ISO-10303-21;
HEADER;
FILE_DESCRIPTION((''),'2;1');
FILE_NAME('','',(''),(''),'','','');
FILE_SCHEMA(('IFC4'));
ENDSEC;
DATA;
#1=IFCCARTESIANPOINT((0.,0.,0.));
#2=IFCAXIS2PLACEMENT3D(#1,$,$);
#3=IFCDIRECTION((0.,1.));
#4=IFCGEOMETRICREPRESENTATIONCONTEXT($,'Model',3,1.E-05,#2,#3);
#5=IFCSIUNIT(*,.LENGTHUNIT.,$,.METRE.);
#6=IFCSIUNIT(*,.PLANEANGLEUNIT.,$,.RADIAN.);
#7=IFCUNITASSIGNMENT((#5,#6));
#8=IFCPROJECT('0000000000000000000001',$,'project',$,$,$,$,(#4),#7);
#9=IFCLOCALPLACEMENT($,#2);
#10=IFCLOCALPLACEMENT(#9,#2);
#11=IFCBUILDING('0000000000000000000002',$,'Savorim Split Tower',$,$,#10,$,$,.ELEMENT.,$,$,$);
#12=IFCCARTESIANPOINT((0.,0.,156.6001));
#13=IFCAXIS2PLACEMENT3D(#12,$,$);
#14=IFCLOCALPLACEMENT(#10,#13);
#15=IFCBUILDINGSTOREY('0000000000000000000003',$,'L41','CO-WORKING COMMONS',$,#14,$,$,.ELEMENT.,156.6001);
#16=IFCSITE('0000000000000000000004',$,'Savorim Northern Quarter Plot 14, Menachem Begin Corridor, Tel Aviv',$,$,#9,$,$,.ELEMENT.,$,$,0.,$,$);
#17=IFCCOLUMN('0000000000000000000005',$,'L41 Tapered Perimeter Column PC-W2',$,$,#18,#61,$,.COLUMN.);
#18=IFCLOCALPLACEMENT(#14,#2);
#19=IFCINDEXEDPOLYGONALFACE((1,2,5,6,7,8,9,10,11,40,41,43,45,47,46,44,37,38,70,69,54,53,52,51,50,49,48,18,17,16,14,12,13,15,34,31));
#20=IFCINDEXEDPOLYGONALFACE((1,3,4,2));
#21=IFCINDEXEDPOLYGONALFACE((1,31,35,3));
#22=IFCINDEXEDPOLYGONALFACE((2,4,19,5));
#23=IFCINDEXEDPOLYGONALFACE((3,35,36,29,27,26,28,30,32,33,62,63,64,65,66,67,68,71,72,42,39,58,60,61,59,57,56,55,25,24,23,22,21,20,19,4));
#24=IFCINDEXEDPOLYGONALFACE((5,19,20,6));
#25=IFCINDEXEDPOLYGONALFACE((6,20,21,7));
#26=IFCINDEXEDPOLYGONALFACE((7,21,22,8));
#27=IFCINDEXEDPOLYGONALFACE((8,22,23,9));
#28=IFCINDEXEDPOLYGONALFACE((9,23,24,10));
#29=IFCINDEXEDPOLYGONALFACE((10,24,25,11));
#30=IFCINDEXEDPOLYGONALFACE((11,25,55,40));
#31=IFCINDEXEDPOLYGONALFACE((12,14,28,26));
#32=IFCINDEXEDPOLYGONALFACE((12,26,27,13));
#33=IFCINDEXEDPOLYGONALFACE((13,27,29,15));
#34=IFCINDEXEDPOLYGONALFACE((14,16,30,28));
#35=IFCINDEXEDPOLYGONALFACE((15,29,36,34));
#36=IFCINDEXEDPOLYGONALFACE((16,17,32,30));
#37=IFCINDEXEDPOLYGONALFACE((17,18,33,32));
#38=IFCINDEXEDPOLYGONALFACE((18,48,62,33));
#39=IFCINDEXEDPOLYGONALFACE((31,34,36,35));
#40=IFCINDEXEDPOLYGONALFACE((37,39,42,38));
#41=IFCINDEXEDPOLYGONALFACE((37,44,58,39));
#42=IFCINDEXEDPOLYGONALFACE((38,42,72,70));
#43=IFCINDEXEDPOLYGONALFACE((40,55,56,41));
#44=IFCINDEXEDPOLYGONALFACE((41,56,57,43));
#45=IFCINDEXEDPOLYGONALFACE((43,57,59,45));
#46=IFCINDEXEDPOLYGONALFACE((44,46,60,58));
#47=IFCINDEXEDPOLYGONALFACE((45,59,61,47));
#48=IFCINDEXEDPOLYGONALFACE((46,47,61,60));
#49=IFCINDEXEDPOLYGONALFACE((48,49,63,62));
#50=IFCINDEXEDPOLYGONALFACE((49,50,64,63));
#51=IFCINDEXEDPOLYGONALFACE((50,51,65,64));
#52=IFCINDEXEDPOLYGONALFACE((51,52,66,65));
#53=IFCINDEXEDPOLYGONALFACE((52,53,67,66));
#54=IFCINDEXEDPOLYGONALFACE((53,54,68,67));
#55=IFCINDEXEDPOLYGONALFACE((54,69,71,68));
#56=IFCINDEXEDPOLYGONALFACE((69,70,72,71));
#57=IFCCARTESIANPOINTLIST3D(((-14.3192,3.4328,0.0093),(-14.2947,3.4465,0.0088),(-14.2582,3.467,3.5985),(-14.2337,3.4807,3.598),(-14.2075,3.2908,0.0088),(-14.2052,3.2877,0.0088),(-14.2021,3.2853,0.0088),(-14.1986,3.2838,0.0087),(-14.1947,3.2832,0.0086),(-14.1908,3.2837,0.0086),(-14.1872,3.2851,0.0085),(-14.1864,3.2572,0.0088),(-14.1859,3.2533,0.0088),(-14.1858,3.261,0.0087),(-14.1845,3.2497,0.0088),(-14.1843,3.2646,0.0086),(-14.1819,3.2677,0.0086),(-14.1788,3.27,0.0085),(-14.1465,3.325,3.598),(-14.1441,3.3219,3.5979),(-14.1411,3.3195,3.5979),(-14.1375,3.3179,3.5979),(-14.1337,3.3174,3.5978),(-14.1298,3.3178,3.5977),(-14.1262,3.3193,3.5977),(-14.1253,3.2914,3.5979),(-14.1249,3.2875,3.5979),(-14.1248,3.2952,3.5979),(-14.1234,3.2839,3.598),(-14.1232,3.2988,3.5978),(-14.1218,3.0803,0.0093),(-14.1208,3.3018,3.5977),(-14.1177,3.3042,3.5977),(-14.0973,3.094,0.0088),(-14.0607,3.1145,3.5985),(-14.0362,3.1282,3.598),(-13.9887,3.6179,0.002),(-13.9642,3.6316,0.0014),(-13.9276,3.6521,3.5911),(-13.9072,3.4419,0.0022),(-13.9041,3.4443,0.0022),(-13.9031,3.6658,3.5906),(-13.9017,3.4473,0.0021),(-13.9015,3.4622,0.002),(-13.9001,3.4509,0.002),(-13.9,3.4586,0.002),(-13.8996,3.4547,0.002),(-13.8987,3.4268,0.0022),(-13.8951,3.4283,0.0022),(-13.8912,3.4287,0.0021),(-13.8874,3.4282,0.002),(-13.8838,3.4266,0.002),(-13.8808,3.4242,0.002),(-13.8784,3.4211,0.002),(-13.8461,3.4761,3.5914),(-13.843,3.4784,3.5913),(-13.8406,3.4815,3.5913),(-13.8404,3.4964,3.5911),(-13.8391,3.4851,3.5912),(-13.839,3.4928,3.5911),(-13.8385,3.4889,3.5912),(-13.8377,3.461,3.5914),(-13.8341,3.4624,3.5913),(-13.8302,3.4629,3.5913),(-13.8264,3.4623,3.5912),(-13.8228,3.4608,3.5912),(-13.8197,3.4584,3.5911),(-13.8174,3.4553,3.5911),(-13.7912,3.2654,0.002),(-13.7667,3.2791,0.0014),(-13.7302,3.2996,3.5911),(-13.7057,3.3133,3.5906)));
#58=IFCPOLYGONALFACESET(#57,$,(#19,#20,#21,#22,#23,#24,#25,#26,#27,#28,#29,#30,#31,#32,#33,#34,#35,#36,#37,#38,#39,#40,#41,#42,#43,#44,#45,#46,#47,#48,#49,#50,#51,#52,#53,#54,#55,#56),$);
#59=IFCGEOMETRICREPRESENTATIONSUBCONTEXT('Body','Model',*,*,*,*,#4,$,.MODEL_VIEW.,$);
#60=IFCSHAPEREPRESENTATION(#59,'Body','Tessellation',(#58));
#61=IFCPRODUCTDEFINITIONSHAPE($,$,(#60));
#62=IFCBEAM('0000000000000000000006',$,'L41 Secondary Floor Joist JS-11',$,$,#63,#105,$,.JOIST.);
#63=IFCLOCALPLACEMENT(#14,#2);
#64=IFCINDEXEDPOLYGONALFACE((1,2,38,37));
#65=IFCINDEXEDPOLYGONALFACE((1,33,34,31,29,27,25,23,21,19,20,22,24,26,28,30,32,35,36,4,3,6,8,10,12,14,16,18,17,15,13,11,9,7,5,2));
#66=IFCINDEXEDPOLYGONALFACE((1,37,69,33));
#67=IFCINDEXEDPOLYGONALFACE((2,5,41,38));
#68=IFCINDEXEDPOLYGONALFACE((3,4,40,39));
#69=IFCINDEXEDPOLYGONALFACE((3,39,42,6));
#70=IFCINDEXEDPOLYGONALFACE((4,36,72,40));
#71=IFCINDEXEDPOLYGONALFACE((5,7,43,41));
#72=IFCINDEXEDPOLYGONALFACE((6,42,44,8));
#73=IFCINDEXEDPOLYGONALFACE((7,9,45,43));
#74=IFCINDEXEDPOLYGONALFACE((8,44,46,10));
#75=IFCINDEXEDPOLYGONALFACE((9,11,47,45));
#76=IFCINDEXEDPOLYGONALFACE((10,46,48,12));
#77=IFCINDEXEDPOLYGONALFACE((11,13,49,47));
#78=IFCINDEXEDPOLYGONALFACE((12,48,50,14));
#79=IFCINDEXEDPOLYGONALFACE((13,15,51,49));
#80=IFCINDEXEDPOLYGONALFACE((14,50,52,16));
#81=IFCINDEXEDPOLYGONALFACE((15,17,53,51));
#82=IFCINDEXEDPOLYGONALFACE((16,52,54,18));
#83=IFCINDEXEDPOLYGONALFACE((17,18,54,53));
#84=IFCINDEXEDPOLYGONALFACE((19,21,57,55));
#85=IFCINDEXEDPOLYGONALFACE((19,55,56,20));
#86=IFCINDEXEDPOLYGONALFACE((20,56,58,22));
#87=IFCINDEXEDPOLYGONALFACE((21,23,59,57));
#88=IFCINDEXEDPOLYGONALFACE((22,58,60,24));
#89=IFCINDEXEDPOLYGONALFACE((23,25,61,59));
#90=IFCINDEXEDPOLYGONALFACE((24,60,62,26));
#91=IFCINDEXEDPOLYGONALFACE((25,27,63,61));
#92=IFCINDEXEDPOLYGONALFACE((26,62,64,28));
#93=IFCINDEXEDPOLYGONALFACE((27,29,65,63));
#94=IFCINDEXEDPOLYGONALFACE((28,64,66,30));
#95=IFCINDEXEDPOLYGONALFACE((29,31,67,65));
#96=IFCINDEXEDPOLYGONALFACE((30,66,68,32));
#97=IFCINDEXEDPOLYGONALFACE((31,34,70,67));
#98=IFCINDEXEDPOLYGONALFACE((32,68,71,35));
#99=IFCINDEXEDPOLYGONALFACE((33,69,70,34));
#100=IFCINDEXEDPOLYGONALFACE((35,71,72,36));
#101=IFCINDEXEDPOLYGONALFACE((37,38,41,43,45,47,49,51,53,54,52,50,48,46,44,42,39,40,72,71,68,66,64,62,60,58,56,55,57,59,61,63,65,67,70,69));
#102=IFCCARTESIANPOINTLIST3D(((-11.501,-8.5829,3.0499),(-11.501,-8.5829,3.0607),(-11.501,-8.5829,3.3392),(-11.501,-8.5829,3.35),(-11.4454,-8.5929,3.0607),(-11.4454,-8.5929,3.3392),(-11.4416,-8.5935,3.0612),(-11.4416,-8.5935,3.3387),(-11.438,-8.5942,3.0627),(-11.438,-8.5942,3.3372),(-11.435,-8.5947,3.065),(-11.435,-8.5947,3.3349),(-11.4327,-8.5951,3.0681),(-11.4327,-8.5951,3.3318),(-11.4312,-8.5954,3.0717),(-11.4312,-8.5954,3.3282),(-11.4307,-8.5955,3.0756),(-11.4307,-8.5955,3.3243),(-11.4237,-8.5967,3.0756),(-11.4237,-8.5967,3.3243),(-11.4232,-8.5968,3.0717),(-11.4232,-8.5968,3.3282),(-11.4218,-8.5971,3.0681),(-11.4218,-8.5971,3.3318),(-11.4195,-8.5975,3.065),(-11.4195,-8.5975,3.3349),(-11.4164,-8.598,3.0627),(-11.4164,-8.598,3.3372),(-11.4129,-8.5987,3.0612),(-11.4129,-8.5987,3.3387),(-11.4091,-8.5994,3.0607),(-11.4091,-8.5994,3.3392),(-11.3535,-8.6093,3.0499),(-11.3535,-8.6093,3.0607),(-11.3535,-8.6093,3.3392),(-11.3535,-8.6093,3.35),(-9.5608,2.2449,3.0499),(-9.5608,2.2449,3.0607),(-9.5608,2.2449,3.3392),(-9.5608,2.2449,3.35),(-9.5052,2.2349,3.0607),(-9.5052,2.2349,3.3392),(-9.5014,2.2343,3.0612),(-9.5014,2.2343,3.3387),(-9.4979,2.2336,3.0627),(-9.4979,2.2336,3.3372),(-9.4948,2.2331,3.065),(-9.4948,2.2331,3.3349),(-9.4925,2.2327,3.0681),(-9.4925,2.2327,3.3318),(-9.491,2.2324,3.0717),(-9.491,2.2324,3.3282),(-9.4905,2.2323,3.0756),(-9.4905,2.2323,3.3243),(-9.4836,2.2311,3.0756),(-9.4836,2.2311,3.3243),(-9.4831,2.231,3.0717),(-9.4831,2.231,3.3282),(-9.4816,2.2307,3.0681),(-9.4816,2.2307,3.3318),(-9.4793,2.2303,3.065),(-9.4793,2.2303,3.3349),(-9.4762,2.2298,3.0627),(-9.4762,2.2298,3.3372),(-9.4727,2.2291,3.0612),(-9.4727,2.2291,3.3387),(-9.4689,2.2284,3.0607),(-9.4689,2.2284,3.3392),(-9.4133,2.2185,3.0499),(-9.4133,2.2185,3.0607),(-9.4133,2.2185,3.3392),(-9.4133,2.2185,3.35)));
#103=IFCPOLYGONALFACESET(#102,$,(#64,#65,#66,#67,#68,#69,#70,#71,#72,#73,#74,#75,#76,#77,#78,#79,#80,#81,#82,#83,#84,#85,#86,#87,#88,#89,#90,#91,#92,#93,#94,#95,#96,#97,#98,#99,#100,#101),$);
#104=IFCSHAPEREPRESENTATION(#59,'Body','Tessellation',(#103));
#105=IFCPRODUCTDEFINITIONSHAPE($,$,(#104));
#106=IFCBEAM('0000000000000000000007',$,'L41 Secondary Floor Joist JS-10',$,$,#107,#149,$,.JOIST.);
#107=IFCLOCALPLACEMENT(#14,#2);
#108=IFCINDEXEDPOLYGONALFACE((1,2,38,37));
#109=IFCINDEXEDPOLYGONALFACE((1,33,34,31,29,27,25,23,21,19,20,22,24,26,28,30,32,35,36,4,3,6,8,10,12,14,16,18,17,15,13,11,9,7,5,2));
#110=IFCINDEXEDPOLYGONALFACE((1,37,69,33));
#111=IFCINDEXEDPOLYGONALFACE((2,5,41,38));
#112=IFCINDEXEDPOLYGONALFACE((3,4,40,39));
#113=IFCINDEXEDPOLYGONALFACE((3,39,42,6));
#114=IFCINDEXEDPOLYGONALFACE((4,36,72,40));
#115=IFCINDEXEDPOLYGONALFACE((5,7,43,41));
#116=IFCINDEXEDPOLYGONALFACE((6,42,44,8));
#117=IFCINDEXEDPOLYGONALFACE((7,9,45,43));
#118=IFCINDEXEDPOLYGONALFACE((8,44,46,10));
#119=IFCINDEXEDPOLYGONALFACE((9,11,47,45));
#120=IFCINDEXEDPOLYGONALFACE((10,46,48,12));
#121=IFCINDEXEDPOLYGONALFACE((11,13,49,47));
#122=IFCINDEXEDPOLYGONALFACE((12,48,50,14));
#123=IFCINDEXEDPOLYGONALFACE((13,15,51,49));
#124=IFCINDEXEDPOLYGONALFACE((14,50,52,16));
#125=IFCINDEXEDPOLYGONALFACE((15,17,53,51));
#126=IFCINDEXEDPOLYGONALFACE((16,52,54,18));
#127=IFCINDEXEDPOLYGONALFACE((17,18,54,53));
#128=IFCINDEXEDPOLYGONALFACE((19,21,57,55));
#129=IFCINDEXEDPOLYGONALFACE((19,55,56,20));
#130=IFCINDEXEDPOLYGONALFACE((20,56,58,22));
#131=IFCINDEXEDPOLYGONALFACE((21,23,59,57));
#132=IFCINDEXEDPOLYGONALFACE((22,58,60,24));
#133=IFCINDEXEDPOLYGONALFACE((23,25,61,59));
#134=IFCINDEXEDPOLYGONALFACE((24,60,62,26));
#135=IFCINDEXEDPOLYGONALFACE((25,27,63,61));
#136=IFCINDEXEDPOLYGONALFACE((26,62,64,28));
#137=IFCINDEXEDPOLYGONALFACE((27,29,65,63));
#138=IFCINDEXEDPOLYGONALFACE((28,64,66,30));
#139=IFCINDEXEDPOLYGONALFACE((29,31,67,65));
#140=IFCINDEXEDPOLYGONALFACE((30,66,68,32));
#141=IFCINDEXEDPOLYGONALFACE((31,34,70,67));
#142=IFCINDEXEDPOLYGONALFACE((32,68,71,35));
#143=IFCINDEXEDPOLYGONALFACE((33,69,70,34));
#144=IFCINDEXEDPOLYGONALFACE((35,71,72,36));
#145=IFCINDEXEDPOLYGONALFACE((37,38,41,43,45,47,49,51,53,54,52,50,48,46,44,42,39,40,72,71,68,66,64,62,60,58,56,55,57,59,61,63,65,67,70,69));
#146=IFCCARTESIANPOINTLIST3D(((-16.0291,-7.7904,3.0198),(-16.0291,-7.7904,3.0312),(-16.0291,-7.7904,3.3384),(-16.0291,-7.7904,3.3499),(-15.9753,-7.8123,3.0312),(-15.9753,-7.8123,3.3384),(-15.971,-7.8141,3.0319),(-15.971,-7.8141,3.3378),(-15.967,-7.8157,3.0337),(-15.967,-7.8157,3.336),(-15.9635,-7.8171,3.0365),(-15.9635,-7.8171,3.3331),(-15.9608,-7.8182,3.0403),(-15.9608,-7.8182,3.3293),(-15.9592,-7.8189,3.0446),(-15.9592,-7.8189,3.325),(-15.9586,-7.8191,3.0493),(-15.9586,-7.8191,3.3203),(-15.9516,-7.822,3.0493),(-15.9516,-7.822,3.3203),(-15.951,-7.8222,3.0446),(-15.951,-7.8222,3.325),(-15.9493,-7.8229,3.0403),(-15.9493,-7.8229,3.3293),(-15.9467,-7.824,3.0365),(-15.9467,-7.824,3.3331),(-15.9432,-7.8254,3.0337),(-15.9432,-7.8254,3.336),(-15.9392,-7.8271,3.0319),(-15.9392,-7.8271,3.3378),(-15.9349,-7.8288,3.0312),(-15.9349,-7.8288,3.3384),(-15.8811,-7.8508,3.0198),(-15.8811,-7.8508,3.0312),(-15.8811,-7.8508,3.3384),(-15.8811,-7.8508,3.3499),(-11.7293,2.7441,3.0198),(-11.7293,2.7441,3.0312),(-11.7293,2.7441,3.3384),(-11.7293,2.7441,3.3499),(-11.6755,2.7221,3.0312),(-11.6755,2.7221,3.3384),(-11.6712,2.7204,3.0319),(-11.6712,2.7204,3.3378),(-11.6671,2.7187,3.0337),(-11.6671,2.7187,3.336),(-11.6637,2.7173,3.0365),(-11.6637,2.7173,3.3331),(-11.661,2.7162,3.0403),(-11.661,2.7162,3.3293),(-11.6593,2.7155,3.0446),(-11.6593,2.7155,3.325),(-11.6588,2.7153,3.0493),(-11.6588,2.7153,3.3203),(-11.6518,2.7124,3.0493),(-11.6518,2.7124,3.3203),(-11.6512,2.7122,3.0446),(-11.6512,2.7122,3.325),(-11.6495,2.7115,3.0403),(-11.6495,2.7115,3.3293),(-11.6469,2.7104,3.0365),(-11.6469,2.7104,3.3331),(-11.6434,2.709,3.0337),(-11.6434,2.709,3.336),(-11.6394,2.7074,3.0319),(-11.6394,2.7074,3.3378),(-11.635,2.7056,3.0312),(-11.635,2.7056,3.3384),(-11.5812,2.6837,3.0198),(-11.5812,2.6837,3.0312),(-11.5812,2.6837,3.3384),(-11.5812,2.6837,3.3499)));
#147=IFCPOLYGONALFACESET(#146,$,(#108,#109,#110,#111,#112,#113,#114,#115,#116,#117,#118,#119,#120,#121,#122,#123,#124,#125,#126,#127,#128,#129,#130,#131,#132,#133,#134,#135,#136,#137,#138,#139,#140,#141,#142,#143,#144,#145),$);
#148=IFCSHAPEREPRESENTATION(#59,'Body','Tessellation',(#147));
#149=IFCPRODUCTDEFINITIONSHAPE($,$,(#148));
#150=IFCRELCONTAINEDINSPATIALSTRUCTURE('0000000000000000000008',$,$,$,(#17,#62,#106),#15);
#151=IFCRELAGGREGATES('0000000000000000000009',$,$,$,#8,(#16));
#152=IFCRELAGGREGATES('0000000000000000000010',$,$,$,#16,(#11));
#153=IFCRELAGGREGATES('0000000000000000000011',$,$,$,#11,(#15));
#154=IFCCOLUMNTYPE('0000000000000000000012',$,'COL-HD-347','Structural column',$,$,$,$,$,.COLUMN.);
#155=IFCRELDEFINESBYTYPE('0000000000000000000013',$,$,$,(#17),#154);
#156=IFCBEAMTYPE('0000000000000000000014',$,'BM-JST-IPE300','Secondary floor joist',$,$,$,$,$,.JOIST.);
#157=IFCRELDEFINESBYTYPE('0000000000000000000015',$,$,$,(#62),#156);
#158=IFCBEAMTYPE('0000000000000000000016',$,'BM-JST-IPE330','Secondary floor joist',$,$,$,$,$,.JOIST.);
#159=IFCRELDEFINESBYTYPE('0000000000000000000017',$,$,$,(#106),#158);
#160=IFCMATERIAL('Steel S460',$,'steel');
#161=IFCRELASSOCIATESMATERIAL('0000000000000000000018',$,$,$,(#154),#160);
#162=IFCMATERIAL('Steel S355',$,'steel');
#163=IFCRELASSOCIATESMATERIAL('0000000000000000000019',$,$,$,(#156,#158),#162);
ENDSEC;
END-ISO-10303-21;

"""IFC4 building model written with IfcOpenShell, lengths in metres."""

from ifc_helpers import new_model, si_unit, direction, frame, origin, origin_2d, place, context, subcontext, project, spatial, i_section, extrude, material, material_profile, profile_set, type_object, element, save


model = new_model("IFC4")

# Units and contexts
model_context = context("Model", 3, precision=1e-05, world=origin(), true_north=direction((0.0, 1.0)))
body_context = subcontext(model_context, "Body", "Model", "MODEL_VIEW")
ifc_project = project(units=[si_unit("LENGTHUNIT", "METRE"), si_unit("PLANEANGLEUNIT", "RADIAN")], contexts=[model_context])

# Site, building, storey
site_placement = place(None, origin())
site = spatial("IfcSite", under=ifc_project, at=site_placement, Name="Savorim Northern Quarter Plot 14, Menachem Begin Corridor, Tel Aviv", CompositionType="ELEMENT", RefElevation=0.0)
building_placement = place(site_placement, origin())
building = spatial("IfcBuilding", under=site, at=building_placement, Name="Savorim Split Tower", CompositionType="ELEMENT")
storey_placement = place(building_placement, frame((0.0, 0.0, 156.6001)))
storey = spatial("IfcBuildingStorey", under=building, at=storey_placement, Name="L41", Description="CO-WORKING COMMONS", CompositionType="ELEMENT", Elevation=156.6001)

# Column
ifc_material_1 = material(Name="Steel S460", Category="steel")
ifc_material_profile_1 = material_profile(ifc_material_1, i_section(OverallWidth=0.4041, OverallDepth=0.407, WebThickness=0.0173, FlangeThickness=0.0281, FilletRadius=0.0149, at=origin_2d()), Name="HD 400x347")
ifc_profile_set_1 = profile_set([ifc_material_profile_1], Name="Steel S460")
column_type = type_object("IfcColumnType", Name="COL-HD-347", Description="Structural column", PredefinedType="COLUMN", material=ifc_profile_set_1)
column_placement = place(storey_placement, frame((-14.043, 3.356, 0.0054), z_axis=(0.017002, 0.009521, 0.99981), x_axis=(-0.488603, 0.872506, 0.0)))
element("IfcColumn", 1, at=column_placement, inside=storey, type_object=column_type, Name="L41 Tapered Perimeter Column PC-W2", PredefinedType="COLUMN", context=body_context, shape_type="SweptSolid", body=[
    extrude(i_section(OverallWidth=0.4041, OverallDepth=0.407, WebThickness=0.0173, FlangeThickness=0.0281, FilletRadius=0.0149, at=origin_2d()), origin(), (0.0, 0.0, 1.0), 3.5898),
])

# Beams
ifc_material_2 = material(Name="Steel S355", Category="steel")
ifc_material_profile_2 = material_profile(ifc_material_2, i_section(OverallWidth=0.1499, OverallDepth=0.3, WebThickness=0.0071, FlangeThickness=0.0107, FilletRadius=0.0149, at=origin_2d()), Name="IPE 300")
ifc_profile_set_2 = profile_set([ifc_material_profile_2], Name="Steel S355")
beam_type_1 = type_object("IfcBeamType", Name="BM-JST-IPE300", Description="Secondary floor joist", PredefinedType="JOIST", material=ifc_profile_set_2)
beam_1_placement = place(storey_placement, frame((-9.4871, 2.2317, 3.2), z_axis=(-0.176375, -0.984323, 0.0), x_axis=(0.984323, -0.176375, 0.0)))
element("IfcBeam", 2, at=beam_1_placement, inside=storey, type_object=beam_type_1, Name="L41 Secondary Floor Joist JS-11", PredefinedType="JOIST", context=body_context, shape_type="SweptSolid", body=[
    extrude(i_section(OverallWidth=0.1499, OverallDepth=0.3, WebThickness=0.0071, FlangeThickness=0.0107, FilletRadius=0.0149, at=origin_2d()), origin(), (0.0, 0.0, 1.0), 11.0002),
])
ifc_material_profile_3 = material_profile(ifc_material_2, i_section(OverallWidth=0.1599, OverallDepth=0.3301, WebThickness=0.0076, FlangeThickness=0.0115, FilletRadius=0.0181, at=origin_2d()), Name="IPE 330")
ifc_profile_set_3 = profile_set([ifc_material_profile_3], Name="Steel S355")
beam_type_2 = type_object("IfcBeamType", Name="BM-JST-IPE330", Description="Secondary floor joist", PredefinedType="JOIST", material=ifc_profile_set_3)
beam_2_placement = place(storey_placement, frame((-11.6553, 2.7139, 3.1848), z_axis=(-0.3779, -0.925846, 0.0), x_axis=(0.925846, -0.3779, 0.0)))
element("IfcBeam", 3, at=beam_2_placement, inside=storey, type_object=beam_type_2, Name="L41 Secondary Floor Joist JS-10", PredefinedType="JOIST", context=body_context, shape_type="SweptSolid", body=[
    extrude(i_section(OverallWidth=0.1599, OverallDepth=0.3301, WebThickness=0.0076, FlangeThickness=0.0115, FilletRadius=0.0181, at=origin_2d()), origin(), (0.0, 0.0, 1.0), 11.3782),
])

save(model, "model.ifc")
